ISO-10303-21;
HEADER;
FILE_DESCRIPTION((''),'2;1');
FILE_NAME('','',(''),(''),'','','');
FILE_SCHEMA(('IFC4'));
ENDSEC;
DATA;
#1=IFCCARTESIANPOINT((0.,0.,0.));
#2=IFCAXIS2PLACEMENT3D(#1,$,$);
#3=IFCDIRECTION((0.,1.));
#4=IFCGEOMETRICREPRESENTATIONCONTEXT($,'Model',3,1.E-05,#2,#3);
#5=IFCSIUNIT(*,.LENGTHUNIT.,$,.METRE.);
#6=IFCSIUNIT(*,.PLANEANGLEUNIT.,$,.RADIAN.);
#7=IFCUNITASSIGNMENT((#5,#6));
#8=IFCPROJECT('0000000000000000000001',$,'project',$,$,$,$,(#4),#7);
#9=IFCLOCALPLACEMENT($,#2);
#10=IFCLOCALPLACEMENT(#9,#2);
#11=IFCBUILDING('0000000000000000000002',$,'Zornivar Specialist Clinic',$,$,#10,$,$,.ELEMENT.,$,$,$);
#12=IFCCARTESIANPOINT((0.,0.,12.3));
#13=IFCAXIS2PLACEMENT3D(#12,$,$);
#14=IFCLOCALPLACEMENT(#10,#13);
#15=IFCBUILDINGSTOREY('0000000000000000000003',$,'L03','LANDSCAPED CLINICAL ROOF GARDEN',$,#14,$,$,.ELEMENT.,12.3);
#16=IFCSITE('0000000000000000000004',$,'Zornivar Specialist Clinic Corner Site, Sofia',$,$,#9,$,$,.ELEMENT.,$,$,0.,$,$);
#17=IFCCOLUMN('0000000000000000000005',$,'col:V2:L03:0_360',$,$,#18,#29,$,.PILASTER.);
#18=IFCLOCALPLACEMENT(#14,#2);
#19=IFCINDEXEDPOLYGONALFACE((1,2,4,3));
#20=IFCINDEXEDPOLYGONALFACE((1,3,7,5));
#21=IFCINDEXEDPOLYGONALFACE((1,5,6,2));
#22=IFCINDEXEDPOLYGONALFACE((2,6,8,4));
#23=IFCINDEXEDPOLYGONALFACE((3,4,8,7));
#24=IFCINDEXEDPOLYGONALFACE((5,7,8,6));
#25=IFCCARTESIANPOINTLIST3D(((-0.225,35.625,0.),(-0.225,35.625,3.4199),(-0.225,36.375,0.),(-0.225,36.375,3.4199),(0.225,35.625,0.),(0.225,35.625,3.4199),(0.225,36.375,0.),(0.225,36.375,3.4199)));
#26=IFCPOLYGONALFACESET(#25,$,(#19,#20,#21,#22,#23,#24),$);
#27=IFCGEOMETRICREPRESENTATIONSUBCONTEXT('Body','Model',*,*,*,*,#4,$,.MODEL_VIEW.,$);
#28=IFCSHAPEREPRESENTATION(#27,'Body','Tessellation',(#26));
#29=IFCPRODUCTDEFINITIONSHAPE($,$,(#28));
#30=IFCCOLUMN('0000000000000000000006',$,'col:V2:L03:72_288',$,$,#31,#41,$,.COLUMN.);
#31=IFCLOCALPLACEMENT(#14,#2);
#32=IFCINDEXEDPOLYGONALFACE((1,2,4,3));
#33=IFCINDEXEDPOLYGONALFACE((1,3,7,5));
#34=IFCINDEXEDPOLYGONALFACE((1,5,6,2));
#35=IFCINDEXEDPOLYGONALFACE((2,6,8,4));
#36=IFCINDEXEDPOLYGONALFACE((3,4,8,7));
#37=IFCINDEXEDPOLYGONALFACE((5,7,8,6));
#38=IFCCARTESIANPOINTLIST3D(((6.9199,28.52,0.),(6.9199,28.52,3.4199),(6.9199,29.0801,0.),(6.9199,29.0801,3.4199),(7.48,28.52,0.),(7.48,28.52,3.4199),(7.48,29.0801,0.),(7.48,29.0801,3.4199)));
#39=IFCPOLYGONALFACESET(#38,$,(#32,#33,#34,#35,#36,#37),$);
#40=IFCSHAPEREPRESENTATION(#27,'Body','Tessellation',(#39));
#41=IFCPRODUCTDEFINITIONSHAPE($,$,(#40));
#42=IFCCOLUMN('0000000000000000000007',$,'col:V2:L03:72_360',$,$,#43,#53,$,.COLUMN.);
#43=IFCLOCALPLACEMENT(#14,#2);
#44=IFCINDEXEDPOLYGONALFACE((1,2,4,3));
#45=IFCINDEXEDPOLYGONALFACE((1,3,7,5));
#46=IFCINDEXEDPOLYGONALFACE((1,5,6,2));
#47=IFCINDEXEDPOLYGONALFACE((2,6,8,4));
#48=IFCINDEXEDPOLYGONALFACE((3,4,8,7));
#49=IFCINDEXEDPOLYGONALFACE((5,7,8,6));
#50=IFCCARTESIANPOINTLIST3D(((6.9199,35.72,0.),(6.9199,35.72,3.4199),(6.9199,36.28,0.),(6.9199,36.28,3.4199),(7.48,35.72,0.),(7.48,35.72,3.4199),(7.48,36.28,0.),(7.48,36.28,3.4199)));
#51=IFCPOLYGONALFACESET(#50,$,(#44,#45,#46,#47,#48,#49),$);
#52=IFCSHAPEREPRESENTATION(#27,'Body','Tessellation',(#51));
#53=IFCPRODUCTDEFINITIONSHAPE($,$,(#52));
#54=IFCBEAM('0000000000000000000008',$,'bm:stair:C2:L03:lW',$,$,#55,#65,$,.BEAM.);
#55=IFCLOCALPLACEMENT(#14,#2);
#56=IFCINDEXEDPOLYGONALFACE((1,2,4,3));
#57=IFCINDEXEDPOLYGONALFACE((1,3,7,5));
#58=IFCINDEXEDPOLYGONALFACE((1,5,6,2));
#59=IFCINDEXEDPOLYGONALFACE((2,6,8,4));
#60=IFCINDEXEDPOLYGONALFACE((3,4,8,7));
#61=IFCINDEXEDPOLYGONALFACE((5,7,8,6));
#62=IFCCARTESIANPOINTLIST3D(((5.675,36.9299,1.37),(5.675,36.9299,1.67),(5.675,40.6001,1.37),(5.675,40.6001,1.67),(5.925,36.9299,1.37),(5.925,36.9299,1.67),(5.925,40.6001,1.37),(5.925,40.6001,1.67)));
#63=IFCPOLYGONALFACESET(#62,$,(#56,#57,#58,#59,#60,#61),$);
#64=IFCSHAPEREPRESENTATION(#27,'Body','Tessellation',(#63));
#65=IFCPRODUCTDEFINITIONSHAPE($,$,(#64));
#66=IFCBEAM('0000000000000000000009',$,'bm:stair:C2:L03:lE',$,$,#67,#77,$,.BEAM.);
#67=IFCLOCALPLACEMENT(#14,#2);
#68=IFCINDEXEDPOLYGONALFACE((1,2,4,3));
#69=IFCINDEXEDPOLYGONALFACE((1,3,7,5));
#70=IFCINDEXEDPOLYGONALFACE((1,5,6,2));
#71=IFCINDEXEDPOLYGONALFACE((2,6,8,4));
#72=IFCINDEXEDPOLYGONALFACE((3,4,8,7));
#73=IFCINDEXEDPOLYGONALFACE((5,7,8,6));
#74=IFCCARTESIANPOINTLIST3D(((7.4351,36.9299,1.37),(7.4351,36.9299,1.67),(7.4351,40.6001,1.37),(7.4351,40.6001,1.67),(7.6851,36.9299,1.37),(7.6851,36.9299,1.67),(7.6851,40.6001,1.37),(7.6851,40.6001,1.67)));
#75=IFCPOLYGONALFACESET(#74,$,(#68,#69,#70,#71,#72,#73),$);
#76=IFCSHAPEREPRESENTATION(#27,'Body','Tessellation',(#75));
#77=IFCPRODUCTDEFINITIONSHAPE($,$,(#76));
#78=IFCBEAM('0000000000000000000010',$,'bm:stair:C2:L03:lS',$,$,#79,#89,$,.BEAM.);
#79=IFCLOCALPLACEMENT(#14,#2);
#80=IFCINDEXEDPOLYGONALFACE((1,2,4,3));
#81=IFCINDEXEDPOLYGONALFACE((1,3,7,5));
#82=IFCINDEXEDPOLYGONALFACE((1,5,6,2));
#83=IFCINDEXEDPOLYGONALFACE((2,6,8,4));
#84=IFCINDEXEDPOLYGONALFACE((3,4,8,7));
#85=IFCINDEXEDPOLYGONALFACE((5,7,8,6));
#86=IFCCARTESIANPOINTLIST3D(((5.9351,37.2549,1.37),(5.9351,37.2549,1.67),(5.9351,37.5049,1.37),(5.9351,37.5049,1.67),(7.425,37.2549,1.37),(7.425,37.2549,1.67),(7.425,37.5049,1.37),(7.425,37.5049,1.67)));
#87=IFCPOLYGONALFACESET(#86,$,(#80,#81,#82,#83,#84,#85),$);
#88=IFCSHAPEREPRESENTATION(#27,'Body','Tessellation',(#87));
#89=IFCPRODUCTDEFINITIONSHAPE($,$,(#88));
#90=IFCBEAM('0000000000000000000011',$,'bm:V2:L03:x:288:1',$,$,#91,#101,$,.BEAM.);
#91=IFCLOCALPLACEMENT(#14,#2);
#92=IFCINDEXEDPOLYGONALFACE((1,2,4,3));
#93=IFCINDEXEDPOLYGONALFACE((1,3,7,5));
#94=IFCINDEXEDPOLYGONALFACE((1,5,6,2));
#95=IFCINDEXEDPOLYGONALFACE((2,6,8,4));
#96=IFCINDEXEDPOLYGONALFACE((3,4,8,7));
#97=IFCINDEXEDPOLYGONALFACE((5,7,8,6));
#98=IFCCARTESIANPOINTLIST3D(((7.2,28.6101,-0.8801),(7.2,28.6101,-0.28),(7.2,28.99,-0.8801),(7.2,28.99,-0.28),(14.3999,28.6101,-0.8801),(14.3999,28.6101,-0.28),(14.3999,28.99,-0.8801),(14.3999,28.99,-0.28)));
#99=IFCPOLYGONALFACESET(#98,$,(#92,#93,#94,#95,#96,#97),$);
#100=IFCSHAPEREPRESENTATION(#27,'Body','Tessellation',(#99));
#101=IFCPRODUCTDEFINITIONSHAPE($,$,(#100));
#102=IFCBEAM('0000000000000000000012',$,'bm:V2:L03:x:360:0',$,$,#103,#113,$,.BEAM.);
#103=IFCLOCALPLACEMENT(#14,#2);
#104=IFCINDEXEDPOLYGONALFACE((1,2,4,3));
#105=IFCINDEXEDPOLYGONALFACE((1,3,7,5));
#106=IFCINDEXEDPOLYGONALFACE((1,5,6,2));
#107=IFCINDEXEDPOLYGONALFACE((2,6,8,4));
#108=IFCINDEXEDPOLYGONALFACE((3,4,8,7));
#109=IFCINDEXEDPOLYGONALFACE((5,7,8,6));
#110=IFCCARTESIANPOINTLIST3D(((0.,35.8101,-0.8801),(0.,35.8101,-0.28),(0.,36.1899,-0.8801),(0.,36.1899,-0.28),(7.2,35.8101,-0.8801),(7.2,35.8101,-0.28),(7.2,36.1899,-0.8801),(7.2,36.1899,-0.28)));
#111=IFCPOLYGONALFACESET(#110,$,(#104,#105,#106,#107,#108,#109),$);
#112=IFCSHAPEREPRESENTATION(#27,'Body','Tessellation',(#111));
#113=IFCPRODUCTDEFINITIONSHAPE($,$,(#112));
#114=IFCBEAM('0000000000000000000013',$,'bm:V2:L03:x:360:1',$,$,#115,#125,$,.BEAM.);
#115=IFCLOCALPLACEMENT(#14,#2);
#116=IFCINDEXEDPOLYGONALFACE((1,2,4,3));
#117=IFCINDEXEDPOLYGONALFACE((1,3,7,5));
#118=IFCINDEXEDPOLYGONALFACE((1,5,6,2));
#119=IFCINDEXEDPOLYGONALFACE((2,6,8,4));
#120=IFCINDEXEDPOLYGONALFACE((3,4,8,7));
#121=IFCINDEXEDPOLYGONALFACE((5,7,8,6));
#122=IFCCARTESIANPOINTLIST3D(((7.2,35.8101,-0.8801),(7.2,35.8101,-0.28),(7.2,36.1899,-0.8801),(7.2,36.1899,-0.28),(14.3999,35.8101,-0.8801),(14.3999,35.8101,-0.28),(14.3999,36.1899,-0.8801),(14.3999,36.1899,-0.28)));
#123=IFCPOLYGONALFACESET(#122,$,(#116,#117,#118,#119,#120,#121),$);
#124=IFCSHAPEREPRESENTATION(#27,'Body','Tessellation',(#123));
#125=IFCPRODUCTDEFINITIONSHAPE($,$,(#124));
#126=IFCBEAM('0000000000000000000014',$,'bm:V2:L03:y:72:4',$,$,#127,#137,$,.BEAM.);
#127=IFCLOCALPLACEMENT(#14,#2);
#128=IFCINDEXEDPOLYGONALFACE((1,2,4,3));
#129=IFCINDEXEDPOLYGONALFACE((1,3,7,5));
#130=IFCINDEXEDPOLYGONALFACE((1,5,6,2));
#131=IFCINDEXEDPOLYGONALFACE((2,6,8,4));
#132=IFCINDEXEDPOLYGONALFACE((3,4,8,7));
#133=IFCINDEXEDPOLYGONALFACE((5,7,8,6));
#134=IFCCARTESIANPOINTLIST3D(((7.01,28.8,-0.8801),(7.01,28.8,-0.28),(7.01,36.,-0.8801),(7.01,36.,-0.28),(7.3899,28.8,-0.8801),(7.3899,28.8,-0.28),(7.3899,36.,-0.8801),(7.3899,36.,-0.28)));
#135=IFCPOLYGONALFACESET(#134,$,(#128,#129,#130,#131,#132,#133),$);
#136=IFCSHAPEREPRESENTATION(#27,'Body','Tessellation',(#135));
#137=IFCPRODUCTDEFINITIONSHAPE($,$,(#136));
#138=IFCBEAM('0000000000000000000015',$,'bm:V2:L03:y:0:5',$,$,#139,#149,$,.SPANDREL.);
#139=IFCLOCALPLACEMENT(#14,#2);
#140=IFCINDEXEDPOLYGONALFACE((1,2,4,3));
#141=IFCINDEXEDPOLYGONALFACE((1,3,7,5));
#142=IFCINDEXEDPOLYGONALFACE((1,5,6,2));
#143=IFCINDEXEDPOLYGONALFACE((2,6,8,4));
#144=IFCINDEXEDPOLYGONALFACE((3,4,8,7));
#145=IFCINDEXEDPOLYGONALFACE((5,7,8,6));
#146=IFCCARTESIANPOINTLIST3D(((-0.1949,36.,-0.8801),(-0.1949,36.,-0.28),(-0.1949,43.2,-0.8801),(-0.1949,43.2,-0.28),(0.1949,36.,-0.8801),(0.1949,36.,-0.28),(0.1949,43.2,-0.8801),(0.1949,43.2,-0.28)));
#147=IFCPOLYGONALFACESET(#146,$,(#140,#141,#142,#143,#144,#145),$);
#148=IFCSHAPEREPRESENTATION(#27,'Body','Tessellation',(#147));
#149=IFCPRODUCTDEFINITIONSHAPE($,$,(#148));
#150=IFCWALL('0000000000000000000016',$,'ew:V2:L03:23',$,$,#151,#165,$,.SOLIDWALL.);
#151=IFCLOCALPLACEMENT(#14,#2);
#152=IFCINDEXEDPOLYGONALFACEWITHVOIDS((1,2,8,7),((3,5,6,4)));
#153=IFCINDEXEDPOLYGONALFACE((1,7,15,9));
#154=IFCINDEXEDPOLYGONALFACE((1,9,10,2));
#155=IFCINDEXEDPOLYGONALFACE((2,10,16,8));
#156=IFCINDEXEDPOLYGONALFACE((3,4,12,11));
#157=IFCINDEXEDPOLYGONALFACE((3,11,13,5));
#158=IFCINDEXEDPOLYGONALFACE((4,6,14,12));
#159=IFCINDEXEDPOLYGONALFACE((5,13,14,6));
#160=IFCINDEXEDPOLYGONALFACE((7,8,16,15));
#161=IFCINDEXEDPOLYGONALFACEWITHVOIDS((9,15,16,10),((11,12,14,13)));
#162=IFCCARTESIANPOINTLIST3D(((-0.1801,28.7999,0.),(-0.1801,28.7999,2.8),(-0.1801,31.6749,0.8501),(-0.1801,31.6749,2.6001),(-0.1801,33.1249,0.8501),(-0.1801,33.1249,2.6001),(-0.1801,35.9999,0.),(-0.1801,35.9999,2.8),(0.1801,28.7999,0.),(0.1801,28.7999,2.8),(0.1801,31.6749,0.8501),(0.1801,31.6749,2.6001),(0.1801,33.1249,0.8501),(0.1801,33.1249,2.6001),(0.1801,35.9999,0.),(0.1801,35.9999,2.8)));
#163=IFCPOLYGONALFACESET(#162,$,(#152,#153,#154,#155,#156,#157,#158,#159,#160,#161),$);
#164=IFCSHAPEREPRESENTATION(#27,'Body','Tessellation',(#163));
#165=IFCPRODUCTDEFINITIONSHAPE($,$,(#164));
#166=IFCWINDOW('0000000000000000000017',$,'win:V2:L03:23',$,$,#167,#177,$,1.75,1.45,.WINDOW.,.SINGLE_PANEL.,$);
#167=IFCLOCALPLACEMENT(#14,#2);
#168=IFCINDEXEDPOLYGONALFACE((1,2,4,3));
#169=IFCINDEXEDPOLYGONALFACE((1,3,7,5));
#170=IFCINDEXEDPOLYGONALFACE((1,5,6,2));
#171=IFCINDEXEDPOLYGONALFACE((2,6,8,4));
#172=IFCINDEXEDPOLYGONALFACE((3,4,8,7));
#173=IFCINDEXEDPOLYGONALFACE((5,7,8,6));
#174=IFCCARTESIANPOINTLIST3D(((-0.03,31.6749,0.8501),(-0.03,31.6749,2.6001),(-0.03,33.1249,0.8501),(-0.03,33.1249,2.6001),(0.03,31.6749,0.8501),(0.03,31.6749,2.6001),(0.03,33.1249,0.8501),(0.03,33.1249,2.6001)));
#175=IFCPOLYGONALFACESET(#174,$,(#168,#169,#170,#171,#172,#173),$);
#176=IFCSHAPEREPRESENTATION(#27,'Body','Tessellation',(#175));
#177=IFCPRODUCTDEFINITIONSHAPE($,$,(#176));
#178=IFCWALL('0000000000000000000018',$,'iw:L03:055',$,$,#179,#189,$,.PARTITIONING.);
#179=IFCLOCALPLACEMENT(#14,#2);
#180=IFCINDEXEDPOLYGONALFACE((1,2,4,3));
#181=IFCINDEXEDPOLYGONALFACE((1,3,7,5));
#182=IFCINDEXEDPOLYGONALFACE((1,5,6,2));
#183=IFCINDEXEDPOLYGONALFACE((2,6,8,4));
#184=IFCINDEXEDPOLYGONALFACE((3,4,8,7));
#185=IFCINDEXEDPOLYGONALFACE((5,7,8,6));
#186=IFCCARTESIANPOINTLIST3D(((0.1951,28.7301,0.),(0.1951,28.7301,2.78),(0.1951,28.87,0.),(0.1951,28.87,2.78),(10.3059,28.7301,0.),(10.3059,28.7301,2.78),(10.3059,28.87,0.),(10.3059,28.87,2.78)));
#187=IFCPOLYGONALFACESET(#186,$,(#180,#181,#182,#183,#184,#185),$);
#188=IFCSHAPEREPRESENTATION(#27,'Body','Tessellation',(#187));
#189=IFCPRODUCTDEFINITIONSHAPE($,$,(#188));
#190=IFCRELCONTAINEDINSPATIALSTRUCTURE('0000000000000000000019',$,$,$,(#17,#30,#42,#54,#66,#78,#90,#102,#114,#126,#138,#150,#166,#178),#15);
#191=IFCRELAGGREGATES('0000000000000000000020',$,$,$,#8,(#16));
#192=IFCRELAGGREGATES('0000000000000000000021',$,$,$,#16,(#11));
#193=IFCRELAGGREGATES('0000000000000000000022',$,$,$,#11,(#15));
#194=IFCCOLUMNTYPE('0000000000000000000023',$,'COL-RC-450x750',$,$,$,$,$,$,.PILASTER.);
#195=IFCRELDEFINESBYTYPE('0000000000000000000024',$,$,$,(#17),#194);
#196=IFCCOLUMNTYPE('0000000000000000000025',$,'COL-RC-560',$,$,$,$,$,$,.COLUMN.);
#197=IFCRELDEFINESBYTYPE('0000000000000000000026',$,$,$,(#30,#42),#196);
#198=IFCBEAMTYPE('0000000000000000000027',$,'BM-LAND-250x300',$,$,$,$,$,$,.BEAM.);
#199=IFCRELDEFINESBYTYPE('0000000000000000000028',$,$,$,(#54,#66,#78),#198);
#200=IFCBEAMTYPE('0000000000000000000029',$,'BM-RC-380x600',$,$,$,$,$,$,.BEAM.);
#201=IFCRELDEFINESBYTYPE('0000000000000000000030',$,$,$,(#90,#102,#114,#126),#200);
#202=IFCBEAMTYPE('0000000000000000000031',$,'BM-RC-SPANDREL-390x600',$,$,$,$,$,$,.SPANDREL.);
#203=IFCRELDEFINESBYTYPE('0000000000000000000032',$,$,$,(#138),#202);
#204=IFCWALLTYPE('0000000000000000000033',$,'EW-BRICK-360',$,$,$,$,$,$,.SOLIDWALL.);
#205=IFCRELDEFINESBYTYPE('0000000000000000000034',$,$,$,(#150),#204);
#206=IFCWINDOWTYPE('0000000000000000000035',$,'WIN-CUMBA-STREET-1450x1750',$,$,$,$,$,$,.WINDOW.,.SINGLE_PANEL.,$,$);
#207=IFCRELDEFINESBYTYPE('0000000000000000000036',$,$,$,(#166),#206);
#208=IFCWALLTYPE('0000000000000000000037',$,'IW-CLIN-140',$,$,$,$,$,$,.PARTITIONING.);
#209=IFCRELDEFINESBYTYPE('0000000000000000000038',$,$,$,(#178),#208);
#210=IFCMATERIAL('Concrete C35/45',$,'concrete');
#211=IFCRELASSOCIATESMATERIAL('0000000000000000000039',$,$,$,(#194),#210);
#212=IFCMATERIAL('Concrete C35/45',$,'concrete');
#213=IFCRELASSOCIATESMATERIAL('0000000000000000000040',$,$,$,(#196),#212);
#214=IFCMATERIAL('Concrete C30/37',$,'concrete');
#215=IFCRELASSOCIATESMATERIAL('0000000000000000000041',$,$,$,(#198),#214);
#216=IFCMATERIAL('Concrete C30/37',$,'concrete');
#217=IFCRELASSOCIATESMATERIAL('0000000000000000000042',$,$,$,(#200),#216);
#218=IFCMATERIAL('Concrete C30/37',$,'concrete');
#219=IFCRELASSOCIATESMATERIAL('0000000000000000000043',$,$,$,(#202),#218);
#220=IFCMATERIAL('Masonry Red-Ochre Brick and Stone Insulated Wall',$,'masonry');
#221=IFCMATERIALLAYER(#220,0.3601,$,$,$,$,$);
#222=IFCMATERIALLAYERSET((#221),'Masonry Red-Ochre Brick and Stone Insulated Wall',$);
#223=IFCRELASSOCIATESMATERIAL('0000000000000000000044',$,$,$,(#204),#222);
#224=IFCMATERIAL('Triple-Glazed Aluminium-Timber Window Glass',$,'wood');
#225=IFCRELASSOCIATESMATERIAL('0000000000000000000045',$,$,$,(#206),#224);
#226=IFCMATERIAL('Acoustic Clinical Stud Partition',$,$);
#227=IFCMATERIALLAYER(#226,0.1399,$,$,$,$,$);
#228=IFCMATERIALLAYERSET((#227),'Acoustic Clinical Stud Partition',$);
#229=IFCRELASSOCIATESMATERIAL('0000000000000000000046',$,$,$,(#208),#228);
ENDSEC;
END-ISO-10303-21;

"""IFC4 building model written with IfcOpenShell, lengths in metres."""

from ifc_helpers import new_model, si_unit, direction, frame, frame_2d, origin, origin_2d, place, context, subcontext, project, spatial, rectangle, extrude, material, layer, layer_set, material_profile, profile_set, type_object, element, fill, save


model = new_model("IFC4")

# Units and contexts
model_context = context("Model", 3, precision=1e-05, world=origin(), true_north=direction((0.0, 1.0)))
body_context = subcontext(model_context, "Body", "Model", "MODEL_VIEW")
ifc_project = project(units=[si_unit("LENGTHUNIT", "METRE"), si_unit("PLANEANGLEUNIT", "RADIAN")], contexts=[model_context])

# Site, building, storey
site_placement = place(None, origin())
site = spatial("IfcSite", under=ifc_project, at=site_placement, Name="Zornivar Specialist Clinic Corner Site, Sofia", CompositionType="ELEMENT", RefElevation=0.0)
building_placement = place(site_placement, origin())
building = spatial("IfcBuilding", under=site, at=building_placement, Name="Zornivar Specialist Clinic", CompositionType="ELEMENT")
storey_placement = place(building_placement, frame((0.0, 0.0, 12.3)))
storey = spatial("IfcBuildingStorey", under=building, at=storey_placement, Name="L03", Description="LANDSCAPED CLINICAL ROOF GARDEN", CompositionType="ELEMENT", Elevation=12.3)

# Columns
ifc_material_1 = material(Name="Concrete C35/45", Category="concrete")
ifc_material_profile_1 = material_profile(ifc_material_1, rectangle(XDim=0.45, YDim=0.75, at=origin_2d()), Name="RC 450x750")
ifc_profile_set_1 = profile_set([ifc_material_profile_1], Name="Concrete C35/45")
column_type_1 = type_object("IfcColumnType", Name="COL-RC-450x750", PredefinedType="PILASTER", material=ifc_profile_set_1)
column_placement = place(storey_placement, frame((0.0, 36.0, 0.0), z_axis=(0.0, 0.0, 1.0), x_axis=(1.0, 0.0, 0.0)))
element("IfcColumn", 1, at=column_placement, inside=storey, type_object=column_type_1, Name="col:V2:L03:0_360", PredefinedType="PILASTER", context=body_context, shape_type="SweptSolid", body=[
    extrude(rectangle(XDim=0.45, YDim=0.75, at=origin_2d()), origin(), (0.0, 0.0, 1.0), 3.4199),
])
ifc_material_2 = material(Name="Concrete C35/45", Category="concrete")
ifc_material_profile_2 = material_profile(ifc_material_2, rectangle(XDim=0.5601, YDim=0.5601, at=origin_2d()), Name="RC 560x560")
ifc_profile_set_2 = profile_set([ifc_material_profile_2], Name="Concrete C35/45")
column_type_2 = type_object("IfcColumnType", Name="COL-RC-560", PredefinedType="COLUMN", material=ifc_profile_set_2)
for number, where, z_axis, x_axis, name in (
    (2, (7.2, 28.8, 0.0), (0.0, 0.0, 1.0), (1.0, 0.0, 0.0), "col:V2:L03:72_288"),
    (3, (7.2, 36.0, 0.0), (0.0, 0.0, 1.0), (1.0, 0.0, 0.0), "col:V2:L03:72_360"),
):
    element("IfcColumn", number, at=place(storey_placement, frame(where, z_axis=z_axis, x_axis=x_axis)), inside=storey, type_object=column_type_2, Name=name, PredefinedType="COLUMN", context=body_context, shape_type="SweptSolid", body=[
        extrude(rectangle(XDim=0.5601, YDim=0.5601, at=origin_2d()), origin(), (0.0, 0.0, 1.0), 3.4199),
    ])

# Beams
ifc_material_3 = material(Name="Concrete C30/37", Category="concrete")
ifc_material_profile_3 = material_profile(ifc_material_3, rectangle(XDim=0.25, YDim=0.3, at=origin_2d()), Name="RC 250x300")
ifc_profile_set_3 = profile_set([ifc_material_profile_3], Name="Concrete C30/37")
beam_type_1 = type_object("IfcBeamType", Name="BM-LAND-250x300", PredefinedType="BEAM", material=ifc_profile_set_3)
for number, where, z_axis, x_axis, name in (
    (4, (5.8, 36.9299, 1.52), (0.0, 1.0, 0.0), (-1.0, 0.0, 0.0), "bm:stair:C2:L03:lW"),
    (5, (7.5601, 36.9299, 1.52), (0.0, 1.0, 0.0), (-1.0, 0.0, 0.0), "bm:stair:C2:L03:lE"),
):
    element("IfcBeam", number, at=place(storey_placement, frame(where, z_axis=z_axis, x_axis=x_axis)), inside=storey, type_object=beam_type_1, Name=name, PredefinedType="BEAM", context=body_context, shape_type="SweptSolid", body=[
        extrude(rectangle(XDim=0.25, YDim=0.3, at=origin_2d()), origin(), (0.0, 0.0, 1.0), 3.6702),
    ])
beam_1_placement = place(storey_placement, frame((5.9351, 37.3799, 1.52), z_axis=(1.0, 0.0, 0.0), x_axis=(0.0, 1.0, 0.0)))
element("IfcBeam", 6, at=beam_1_placement, inside=storey, type_object=beam_type_1, Name="bm:stair:C2:L03:lS", PredefinedType="BEAM", context=body_context, shape_type="SweptSolid", body=[
    extrude(rectangle(XDim=0.25, YDim=0.3, at=origin_2d()), origin(), (0.0, 0.0, 1.0), 1.49),
])
ifc_material_4 = material(Name="Concrete C30/37", Category="concrete")
ifc_material_profile_4 = material_profile(ifc_material_4, rectangle(XDim=0.3799, YDim=0.6001, at=origin_2d()), Name="RC 380x600")
ifc_profile_set_4 = profile_set([ifc_material_profile_4], Name="Concrete C30/37")
beam_type_2 = type_object("IfcBeamType", Name="BM-RC-380x600", PredefinedType="BEAM", material=ifc_profile_set_4)
for number, where, z_axis, x_axis, name in (
    (7, (7.2, 28.8, -0.5801), (1.0, 0.0, 0.0), (0.0, 1.0, 0.0), "bm:V2:L03:x:288:1"),
    (8, (0.0, 36.0, -0.5801), (1.0, 0.0, 0.0), (0.0, 1.0, 0.0), "bm:V2:L03:x:360:0"),
    (9, (7.2, 36.0, -0.5801), (1.0, 0.0, 0.0), (0.0, 1.0, 0.0), "bm:V2:L03:x:360:1"),
    (10, (7.2, 28.8, -0.5801), (0.0, 1.0, 0.0), (-1.0, 0.0, 0.0), "bm:V2:L03:y:72:4"),
):
    element("IfcBeam", number, at=place(storey_placement, frame(where, z_axis=z_axis, x_axis=x_axis)), inside=storey, type_object=beam_type_2, Name=name, PredefinedType="BEAM", context=body_context, shape_type="SweptSolid", body=[
        extrude(rectangle(XDim=0.3799, YDim=0.6001, at=origin_2d()), origin(), (0.0, 0.0, 1.0), 7.2),
    ])
ifc_material_5 = material(Name="Concrete C30/37", Category="concrete")
ifc_material_profile_5 = material_profile(ifc_material_5, rectangle(XDim=0.3899, YDim=0.6001, at=origin_2d()), Name="RC 390x600")
ifc_profile_set_5 = profile_set([ifc_material_profile_5], Name="Concrete C30/37")
beam_type_3 = type_object("IfcBeamType", Name="BM-RC-SPANDREL-390x600", PredefinedType="SPANDREL", material=ifc_profile_set_5)
beam_2_placement = place(storey_placement, frame((0.0, 36.0, -0.5801), z_axis=(0.0, 1.0, 0.0), x_axis=(-1.0, 0.0, 0.0)))
element("IfcBeam", 11, at=beam_2_placement, inside=storey, type_object=beam_type_3, Name="bm:V2:L03:y:0:5", PredefinedType="SPANDREL", context=body_context, shape_type="SweptSolid", body=[
    extrude(rectangle(XDim=0.3899, YDim=0.6001, at=origin_2d()), origin(), (0.0, 0.0, 1.0), 7.2),
])

# Wall, opening, window
ifc_material_6 = material(Name="Masonry Red-Ochre Brick and Stone Insulated Wall", Category="masonry")
ifc_layer_1 = layer(ifc_material_6, 0.3601)
ifc_layer_set_1 = layer_set([ifc_layer_1], Name="Masonry Red-Ochre Brick and Stone Insulated Wall")
wall_type_1 = type_object("IfcWallType", Name="EW-BRICK-360", PredefinedType="SOLIDWALL", material=ifc_layer_set_1)
wall_1_placement = place(storey_placement, frame((0.0, 36.0, 0.0), z_axis=(0.0, 0.0, 1.0), x_axis=(0.0, -1.0, 0.0)))
wall_1 = element("IfcWall", 12, at=wall_1_placement, inside=storey, type_object=wall_type_1, Name="ew:V2:L03:23", PredefinedType="SOLIDWALL", context=body_context, shape_type="SweptSolid", body=[
    extrude(rectangle(XDim=7.2, YDim=0.3601, at=frame_2d((3.6001, 0.0))), origin(), (0.0, 0.0, 1.0), 2.8),
])
opening_placement = place(wall_1_placement, frame((2.875, 0.0, 0.8501)))
opening = element("IfcOpeningElement", 13, at=opening_placement, cuts=wall_1, PredefinedType="OPENING", context=body_context, shape_type="SweptSolid", body=[
    extrude(rectangle(XDim=1.45, YDim=1.75, at=frame_2d((0.7251, 0.875))), frame((0.0, 0.1899, 0.0), z_axis=(0.0, -1.0, 0.0), x_axis=(1.0, 0.0, 0.0)), (0.0, 0.0, 1.0), 0.3801),
])
ifc_material_7 = material(Name="Triple-Glazed Aluminium-Timber Window Glass", Category="wood")
window_type = type_object("IfcWindowType", Name="WIN-CUMBA-STREET-1450x1750", PartitioningType="SINGLE_PANEL", PredefinedType="WINDOW", material=ifc_material_7)
window_placement = place(opening_placement, origin())
window = element("IfcWindow", 14, at=window_placement, inside=storey, type_object=window_type, Name="win:V2:L03:23", OverallHeight=1.75, OverallWidth=1.45, PartitioningType="SINGLE_PANEL", PredefinedType="WINDOW", context=body_context, shape_type="SweptSolid", body=[
    extrude(rectangle(XDim=1.45, YDim=1.75, at=frame_2d((0.7251, 0.875))), frame((0.0, 0.03, 0.0), z_axis=(0.0, -1.0, 0.0), x_axis=(1.0, 0.0, 0.0)), (0.0, 0.0, 1.0), 0.0601),
])
fill(opening, window)

# Wall
ifc_material_8 = material(Name="Acoustic Clinical Stud Partition")
ifc_layer_2 = layer(ifc_material_8, 0.1399)
ifc_layer_set_2 = layer_set([ifc_layer_2], Name="Acoustic Clinical Stud Partition")
wall_type_2 = type_object("IfcWallType", Name="IW-CLIN-140", PredefinedType="PARTITIONING", material=ifc_layer_set_2)
wall_2_placement = place(storey_placement, frame((0.1951, 28.8, 0.0), z_axis=(0.0, 0.0, 1.0), x_axis=(1.0, 0.0, 0.0)))
element("IfcWall", 15, at=wall_2_placement, inside=storey, type_object=wall_type_2, Name="iw:L03:055", PredefinedType="PARTITIONING", context=body_context, shape_type="SweptSolid", body=[
    extrude(rectangle(XDim=10.1108, YDim=0.1399, at=frame_2d((5.0554, 0.0))), origin(), (0.0, 0.0, 1.0), 2.78),
])

save(model, "model.ifc")
